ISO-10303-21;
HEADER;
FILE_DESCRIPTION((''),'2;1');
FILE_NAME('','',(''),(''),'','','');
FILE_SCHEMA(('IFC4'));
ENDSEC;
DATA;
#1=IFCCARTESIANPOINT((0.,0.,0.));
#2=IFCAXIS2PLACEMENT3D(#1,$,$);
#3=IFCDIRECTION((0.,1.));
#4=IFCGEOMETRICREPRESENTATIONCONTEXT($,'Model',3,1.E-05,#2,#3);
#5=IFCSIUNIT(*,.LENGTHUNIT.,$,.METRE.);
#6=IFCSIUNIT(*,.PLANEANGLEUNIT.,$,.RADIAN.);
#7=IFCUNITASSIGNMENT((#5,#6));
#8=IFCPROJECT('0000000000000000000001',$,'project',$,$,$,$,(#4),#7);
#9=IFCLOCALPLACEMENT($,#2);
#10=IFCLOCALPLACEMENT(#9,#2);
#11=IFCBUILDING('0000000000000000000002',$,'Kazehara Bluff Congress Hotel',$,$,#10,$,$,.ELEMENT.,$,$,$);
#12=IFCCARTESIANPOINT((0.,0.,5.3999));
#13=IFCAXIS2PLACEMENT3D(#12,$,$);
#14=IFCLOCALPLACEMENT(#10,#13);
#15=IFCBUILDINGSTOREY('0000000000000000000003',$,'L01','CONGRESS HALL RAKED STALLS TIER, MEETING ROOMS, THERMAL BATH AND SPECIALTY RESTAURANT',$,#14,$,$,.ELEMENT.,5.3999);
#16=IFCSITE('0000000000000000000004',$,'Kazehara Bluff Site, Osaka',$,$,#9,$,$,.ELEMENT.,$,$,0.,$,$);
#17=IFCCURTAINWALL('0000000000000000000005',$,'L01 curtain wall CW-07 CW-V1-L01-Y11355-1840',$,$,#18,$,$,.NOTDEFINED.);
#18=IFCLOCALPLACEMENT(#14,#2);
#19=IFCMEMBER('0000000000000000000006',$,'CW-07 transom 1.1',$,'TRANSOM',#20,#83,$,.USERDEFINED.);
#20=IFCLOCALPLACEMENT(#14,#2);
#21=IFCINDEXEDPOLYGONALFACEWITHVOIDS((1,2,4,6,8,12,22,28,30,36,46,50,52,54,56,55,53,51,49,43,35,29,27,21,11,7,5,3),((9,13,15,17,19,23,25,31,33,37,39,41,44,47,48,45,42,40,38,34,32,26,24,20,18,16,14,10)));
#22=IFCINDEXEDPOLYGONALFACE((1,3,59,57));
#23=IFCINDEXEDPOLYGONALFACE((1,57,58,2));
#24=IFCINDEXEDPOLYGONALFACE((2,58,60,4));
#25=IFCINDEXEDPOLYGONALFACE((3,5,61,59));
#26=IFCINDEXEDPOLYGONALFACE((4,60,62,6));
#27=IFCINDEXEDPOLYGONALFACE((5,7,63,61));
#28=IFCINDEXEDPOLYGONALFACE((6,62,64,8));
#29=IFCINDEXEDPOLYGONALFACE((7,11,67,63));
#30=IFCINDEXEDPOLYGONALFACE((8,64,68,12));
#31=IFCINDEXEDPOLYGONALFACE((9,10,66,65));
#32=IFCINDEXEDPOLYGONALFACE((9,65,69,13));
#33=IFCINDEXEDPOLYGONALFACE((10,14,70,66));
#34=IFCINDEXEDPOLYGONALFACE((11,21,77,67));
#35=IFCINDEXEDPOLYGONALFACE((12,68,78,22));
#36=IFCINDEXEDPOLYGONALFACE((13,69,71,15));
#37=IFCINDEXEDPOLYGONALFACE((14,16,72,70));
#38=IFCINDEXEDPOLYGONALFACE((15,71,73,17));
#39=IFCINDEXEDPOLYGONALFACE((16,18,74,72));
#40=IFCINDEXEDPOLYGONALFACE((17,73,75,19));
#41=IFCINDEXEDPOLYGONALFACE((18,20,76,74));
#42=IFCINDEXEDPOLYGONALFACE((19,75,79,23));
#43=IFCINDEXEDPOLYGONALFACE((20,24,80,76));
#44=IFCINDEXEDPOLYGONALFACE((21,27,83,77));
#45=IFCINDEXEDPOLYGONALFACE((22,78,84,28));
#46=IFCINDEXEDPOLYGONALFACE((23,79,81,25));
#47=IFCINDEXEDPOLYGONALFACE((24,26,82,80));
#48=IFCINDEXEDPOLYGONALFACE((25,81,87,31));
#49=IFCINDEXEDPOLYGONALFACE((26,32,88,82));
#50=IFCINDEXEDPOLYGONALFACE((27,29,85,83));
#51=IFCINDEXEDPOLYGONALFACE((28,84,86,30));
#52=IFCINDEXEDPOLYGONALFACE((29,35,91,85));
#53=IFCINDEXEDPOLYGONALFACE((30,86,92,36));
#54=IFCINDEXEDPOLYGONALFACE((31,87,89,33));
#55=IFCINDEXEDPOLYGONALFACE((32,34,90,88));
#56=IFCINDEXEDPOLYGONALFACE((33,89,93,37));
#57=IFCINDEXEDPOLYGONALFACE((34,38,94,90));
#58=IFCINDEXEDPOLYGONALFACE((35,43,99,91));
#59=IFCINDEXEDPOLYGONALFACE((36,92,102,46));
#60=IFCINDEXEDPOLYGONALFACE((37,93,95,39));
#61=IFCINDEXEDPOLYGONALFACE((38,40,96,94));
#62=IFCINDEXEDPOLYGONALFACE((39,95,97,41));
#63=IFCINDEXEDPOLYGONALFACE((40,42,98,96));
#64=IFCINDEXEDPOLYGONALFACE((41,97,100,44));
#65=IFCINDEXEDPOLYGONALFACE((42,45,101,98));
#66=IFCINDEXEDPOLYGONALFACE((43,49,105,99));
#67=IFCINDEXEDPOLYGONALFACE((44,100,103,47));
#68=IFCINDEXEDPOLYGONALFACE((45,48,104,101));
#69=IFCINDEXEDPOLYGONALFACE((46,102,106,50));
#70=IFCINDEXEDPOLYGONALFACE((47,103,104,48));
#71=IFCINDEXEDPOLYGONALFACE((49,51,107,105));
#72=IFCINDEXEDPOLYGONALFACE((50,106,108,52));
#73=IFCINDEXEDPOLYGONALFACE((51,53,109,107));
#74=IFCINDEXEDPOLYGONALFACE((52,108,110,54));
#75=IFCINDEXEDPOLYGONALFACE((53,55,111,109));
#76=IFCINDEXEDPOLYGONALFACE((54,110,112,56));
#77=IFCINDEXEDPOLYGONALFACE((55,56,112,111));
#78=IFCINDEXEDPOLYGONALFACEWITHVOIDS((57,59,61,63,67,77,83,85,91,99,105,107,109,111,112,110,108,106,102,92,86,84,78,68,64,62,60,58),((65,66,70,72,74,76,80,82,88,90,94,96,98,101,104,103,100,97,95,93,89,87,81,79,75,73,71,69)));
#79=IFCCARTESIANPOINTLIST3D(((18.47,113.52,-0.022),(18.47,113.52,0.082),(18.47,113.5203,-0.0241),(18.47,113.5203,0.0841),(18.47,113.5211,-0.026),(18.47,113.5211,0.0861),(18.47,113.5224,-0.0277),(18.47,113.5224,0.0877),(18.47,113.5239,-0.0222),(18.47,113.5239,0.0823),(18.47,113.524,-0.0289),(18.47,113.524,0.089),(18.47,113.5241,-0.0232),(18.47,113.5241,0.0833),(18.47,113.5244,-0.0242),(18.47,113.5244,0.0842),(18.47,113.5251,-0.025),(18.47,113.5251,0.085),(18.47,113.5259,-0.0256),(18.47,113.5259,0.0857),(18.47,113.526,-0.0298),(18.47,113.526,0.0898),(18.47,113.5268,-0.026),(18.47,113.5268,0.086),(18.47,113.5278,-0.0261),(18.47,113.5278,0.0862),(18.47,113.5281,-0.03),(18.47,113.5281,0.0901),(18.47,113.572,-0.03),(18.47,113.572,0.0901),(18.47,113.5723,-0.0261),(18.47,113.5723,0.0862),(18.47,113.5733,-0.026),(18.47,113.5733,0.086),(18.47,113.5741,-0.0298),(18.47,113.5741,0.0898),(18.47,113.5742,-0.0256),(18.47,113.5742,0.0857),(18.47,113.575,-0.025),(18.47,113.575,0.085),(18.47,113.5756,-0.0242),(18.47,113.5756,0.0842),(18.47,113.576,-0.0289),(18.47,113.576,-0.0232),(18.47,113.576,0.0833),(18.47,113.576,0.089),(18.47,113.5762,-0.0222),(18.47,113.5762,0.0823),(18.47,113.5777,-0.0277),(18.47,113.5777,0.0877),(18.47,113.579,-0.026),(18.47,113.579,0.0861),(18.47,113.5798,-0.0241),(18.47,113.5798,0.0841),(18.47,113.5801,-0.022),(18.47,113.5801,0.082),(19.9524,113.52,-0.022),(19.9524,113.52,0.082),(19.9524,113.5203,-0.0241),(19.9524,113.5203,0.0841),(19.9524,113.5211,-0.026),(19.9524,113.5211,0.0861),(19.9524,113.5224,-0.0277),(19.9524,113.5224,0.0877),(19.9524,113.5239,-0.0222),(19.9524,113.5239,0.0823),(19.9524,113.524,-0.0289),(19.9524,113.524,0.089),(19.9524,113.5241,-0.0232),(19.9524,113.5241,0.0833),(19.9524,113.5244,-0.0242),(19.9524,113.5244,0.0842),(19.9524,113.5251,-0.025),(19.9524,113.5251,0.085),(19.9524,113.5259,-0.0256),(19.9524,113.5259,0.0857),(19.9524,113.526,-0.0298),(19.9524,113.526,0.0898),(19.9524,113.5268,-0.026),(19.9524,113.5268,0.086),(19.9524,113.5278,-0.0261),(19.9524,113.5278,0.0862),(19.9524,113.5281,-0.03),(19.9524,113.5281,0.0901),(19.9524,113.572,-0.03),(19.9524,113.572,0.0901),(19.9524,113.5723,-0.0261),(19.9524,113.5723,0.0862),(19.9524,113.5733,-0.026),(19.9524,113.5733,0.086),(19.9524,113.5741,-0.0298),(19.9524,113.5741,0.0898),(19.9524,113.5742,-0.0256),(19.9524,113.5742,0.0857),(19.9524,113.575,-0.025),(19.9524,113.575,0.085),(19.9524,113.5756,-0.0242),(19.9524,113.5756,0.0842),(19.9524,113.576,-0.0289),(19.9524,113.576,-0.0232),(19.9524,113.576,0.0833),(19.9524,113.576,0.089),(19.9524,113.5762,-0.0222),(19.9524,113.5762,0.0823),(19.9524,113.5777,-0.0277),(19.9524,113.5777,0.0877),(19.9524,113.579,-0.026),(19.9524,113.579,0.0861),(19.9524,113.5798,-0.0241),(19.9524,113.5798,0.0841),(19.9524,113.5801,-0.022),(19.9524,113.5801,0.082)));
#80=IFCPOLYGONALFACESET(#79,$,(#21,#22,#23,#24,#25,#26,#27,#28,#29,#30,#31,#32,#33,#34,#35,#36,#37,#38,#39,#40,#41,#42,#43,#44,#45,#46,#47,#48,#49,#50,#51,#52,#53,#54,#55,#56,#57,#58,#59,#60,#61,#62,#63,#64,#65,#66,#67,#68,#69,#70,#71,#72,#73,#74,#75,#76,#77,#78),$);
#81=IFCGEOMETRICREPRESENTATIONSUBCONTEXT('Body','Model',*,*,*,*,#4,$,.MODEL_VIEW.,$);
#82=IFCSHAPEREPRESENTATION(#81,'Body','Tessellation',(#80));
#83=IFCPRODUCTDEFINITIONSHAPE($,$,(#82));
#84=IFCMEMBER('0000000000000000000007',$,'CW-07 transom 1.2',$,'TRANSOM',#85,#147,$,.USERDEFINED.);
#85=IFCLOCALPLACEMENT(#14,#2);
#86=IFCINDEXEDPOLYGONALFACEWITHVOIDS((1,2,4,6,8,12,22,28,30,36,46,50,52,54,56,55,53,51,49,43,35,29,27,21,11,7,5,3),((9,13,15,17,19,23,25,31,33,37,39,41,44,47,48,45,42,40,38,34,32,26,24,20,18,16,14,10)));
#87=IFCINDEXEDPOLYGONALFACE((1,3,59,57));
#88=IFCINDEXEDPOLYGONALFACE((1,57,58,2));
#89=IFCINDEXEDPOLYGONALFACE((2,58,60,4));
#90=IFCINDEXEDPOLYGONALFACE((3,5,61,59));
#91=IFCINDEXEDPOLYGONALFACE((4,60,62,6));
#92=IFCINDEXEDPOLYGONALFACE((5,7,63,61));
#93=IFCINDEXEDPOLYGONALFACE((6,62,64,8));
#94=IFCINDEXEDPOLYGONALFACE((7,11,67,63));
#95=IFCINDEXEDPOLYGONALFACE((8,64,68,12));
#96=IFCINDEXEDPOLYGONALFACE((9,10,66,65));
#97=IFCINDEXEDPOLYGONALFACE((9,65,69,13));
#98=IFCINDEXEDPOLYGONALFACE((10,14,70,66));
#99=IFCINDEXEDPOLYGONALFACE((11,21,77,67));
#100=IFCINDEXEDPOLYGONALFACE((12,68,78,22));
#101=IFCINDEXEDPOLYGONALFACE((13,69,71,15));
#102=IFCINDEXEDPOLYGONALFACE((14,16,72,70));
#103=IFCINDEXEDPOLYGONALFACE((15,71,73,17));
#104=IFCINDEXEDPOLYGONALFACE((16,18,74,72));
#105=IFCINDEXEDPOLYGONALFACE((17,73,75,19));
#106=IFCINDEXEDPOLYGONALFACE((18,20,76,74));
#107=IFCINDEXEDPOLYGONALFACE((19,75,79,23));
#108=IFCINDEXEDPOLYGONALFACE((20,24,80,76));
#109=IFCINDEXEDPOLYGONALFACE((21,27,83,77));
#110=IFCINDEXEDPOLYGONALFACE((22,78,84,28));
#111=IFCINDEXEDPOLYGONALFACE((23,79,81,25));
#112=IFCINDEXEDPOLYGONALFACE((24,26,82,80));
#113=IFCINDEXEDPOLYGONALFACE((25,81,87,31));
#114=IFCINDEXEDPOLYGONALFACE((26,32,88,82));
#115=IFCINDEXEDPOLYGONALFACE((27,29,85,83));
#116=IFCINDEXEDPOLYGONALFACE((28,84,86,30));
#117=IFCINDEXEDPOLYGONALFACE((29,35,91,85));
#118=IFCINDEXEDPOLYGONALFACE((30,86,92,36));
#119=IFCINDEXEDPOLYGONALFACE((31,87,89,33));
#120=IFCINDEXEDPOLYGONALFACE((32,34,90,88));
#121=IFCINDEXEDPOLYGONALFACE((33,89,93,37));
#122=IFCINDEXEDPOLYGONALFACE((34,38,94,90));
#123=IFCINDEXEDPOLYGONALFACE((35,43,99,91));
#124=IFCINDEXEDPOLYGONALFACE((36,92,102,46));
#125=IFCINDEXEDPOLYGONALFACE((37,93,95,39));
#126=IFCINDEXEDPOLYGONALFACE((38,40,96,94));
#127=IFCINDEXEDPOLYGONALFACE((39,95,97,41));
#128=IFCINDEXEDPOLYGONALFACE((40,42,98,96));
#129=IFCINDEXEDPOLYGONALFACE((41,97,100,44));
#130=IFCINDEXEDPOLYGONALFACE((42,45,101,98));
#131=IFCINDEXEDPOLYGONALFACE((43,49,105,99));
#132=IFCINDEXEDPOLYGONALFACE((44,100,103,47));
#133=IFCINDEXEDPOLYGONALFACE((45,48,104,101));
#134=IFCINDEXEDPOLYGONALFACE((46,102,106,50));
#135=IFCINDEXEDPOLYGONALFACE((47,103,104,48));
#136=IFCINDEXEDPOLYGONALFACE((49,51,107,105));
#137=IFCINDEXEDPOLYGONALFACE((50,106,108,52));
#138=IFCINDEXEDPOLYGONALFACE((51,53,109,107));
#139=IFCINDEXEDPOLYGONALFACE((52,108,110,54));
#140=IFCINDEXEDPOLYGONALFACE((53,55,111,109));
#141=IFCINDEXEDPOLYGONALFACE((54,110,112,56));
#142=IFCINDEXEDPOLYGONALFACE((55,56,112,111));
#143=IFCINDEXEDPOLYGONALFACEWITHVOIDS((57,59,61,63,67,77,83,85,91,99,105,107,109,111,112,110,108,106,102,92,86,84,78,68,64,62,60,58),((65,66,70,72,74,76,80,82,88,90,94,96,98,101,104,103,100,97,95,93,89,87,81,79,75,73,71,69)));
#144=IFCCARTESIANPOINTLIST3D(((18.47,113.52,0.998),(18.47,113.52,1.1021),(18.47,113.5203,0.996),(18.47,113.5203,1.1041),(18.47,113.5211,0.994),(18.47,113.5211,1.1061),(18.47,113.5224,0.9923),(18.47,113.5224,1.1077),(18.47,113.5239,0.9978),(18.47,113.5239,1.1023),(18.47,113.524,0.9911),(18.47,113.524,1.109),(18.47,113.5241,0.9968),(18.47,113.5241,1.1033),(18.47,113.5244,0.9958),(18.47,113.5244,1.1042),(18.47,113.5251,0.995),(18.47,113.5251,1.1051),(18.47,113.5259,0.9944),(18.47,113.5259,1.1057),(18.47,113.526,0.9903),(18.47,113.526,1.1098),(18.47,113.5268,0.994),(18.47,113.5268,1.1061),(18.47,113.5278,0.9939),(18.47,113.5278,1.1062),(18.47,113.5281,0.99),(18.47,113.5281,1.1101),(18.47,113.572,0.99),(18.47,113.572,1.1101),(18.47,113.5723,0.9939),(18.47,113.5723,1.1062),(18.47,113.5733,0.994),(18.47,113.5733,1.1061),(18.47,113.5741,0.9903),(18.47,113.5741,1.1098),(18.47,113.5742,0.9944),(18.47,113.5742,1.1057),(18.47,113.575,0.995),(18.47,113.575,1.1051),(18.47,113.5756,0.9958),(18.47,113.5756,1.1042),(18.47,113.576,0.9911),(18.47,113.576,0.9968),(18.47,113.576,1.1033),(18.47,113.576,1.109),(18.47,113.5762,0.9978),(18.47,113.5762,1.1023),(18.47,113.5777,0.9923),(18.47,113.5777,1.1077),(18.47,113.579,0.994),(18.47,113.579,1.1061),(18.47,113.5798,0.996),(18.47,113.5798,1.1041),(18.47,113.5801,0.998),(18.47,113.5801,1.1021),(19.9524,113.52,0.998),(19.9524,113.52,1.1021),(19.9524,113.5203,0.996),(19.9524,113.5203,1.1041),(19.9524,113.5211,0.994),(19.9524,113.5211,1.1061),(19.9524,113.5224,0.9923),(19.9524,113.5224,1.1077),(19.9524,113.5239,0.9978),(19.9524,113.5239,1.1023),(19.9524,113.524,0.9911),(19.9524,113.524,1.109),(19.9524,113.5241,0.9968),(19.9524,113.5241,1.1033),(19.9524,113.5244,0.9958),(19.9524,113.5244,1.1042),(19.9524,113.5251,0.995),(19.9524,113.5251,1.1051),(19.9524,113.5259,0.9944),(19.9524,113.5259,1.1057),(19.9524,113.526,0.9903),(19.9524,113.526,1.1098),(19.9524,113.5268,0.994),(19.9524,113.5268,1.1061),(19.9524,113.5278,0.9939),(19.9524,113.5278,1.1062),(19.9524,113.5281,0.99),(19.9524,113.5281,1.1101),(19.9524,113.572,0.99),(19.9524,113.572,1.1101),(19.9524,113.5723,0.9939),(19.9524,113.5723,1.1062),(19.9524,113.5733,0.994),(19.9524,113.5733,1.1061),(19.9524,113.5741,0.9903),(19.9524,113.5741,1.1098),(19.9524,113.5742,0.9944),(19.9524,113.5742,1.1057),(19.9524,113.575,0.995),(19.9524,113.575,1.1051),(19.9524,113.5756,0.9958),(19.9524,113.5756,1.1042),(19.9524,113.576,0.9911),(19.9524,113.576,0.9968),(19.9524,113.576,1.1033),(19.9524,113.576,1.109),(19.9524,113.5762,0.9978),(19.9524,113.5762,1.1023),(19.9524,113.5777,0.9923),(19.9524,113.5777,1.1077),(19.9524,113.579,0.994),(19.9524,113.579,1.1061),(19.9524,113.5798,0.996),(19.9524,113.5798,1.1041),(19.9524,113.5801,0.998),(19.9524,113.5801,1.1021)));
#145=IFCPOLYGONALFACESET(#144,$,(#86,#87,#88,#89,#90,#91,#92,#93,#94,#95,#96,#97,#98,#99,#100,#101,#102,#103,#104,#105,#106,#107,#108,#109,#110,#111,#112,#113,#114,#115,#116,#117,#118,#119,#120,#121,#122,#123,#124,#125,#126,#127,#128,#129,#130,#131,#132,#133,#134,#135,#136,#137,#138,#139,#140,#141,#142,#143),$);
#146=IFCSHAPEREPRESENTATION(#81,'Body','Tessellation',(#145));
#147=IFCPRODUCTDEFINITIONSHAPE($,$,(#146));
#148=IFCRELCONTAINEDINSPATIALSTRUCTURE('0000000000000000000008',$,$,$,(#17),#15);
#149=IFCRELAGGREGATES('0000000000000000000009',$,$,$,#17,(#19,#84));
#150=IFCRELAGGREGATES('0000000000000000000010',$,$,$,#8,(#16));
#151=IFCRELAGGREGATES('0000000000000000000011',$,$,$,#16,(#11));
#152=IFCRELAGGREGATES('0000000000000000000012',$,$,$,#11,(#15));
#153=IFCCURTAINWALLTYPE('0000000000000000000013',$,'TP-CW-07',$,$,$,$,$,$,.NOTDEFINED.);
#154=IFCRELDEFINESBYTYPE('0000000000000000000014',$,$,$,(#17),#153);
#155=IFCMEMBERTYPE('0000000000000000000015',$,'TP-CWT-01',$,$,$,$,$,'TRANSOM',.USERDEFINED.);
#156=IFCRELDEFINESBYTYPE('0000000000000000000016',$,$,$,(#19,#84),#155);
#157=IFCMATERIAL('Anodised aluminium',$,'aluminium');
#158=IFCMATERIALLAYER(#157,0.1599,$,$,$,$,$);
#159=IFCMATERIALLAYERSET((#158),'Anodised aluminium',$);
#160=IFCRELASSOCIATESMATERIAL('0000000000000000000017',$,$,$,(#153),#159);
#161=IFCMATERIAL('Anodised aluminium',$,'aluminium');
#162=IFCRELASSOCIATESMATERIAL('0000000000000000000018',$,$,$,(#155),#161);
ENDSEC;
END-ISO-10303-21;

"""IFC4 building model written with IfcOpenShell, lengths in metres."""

from ifc_helpers import new_model, si_unit, direction, frame, origin, origin_2d, place, context, subcontext, project, spatial, hollow_rectangle, extrude, material, layer, layer_set, material_profile, profile_set, type_object, element, aggregate, save


model = new_model("IFC4")

# Units and contexts
model_context = context("Model", 3, precision=1e-05, world=origin(), true_north=direction((0.0, 1.0)))
body_context = subcontext(model_context, "Body", "Model", "MODEL_VIEW")
ifc_project = project(units=[si_unit("LENGTHUNIT", "METRE"), si_unit("PLANEANGLEUNIT", "RADIAN")], contexts=[model_context])

# Site, building, storey
site_placement = place(None, origin())
site = spatial("IfcSite", under=ifc_project, at=site_placement, Name="Kazehara Bluff Site, Osaka", CompositionType="ELEMENT", RefElevation=0.0)
building_placement = place(site_placement, origin())
building = spatial("IfcBuilding", under=site, at=building_placement, Name="Kazehara Bluff Congress Hotel", CompositionType="ELEMENT")
storey_placement = place(building_placement, frame((0.0, 0.0, 5.3999)))
storey = spatial("IfcBuildingStorey", under=building, at=storey_placement, Name="L01", Description="CONGRESS HALL RAKED STALLS TIER, MEETING ROOMS, THERMAL BATH AND SPECIALTY RESTAURANT", CompositionType="ELEMENT", Elevation=5.3999)

# Curtain wall, members
ifc_material_1 = material(Name="Anodised aluminium", Category="aluminium")
ifc_layer_1 = layer(ifc_material_1, 0.1599)
ifc_layer_set_1 = layer_set([ifc_layer_1], Name="Anodised aluminium")
curtain_wall_type = type_object("IfcCurtainWallType", Name="TP-CW-07", PredefinedType="NOTDEFINED", material=ifc_layer_set_1)
curtain_wall_placement = place(storey_placement, origin())
curtain_wall = element("IfcCurtainWall", 1, at=curtain_wall_placement, inside=storey, type_object=curtain_wall_type, Name="L01 curtain wall CW-07 CW-V1-L01-Y11355-1840", PredefinedType="NOTDEFINED")
ifc_material_2 = material(Name="Anodised aluminium", Category="aluminium")
ifc_material_profile_1 = material_profile(ifc_material_2, hollow_rectangle(XDim=0.0601, YDim=0.1201, WallThickness=0.0039, InnerFilletRadius=0.0039, OuterFilletRadius=0.0081, at=origin_2d()))
ifc_profile_set_1 = profile_set([ifc_material_profile_1], Name="Anodised aluminium")
member_type_1 = type_object("IfcMemberType", Name="TP-CWT-01", ElementType="TRANSOM", PredefinedType="USERDEFINED", material=ifc_profile_set_1)
member_1_placement = place(storey_placement, frame((18.47, 113.55, 0.03), z_axis=(1.0, 0.0, 0.0), x_axis=(0.0, 1.0, 0.0)))
member_1 = element("IfcMember", 2, at=member_1_placement, type_object=member_type_1, Name="CW-07 transom 1.1", ObjectType="TRANSOM", PredefinedType="USERDEFINED", context=body_context, shape_type="SweptSolid", body=[
    extrude(hollow_rectangle(XDim=0.0601, YDim=0.1201, WallThickness=0.0039, InnerFilletRadius=0.0039, OuterFilletRadius=0.0081, at=origin_2d()), origin(), (0.0, 0.0, 1.0), 1.4824),
])
member_2_placement = place(storey_placement, frame((18.47, 113.55, 1.05), z_axis=(1.0, 0.0, 0.0), x_axis=(0.0, 1.0, 0.0)))
member_2 = element("IfcMember", 3, at=member_2_placement, type_object=member_type_1, Name="CW-07 transom 1.2", ObjectType="TRANSOM", PredefinedType="USERDEFINED", context=body_context, shape_type="SweptSolid", body=[
    extrude(hollow_rectangle(XDim=0.0601, YDim=0.1201, WallThickness=0.0039, InnerFilletRadius=0.0039, OuterFilletRadius=0.0081, at=origin_2d()), origin(), (0.0, 0.0, 1.0), 1.4824),
])

aggregate(curtain_wall, [member_1, member_2])

save(model, "model.ifc")
